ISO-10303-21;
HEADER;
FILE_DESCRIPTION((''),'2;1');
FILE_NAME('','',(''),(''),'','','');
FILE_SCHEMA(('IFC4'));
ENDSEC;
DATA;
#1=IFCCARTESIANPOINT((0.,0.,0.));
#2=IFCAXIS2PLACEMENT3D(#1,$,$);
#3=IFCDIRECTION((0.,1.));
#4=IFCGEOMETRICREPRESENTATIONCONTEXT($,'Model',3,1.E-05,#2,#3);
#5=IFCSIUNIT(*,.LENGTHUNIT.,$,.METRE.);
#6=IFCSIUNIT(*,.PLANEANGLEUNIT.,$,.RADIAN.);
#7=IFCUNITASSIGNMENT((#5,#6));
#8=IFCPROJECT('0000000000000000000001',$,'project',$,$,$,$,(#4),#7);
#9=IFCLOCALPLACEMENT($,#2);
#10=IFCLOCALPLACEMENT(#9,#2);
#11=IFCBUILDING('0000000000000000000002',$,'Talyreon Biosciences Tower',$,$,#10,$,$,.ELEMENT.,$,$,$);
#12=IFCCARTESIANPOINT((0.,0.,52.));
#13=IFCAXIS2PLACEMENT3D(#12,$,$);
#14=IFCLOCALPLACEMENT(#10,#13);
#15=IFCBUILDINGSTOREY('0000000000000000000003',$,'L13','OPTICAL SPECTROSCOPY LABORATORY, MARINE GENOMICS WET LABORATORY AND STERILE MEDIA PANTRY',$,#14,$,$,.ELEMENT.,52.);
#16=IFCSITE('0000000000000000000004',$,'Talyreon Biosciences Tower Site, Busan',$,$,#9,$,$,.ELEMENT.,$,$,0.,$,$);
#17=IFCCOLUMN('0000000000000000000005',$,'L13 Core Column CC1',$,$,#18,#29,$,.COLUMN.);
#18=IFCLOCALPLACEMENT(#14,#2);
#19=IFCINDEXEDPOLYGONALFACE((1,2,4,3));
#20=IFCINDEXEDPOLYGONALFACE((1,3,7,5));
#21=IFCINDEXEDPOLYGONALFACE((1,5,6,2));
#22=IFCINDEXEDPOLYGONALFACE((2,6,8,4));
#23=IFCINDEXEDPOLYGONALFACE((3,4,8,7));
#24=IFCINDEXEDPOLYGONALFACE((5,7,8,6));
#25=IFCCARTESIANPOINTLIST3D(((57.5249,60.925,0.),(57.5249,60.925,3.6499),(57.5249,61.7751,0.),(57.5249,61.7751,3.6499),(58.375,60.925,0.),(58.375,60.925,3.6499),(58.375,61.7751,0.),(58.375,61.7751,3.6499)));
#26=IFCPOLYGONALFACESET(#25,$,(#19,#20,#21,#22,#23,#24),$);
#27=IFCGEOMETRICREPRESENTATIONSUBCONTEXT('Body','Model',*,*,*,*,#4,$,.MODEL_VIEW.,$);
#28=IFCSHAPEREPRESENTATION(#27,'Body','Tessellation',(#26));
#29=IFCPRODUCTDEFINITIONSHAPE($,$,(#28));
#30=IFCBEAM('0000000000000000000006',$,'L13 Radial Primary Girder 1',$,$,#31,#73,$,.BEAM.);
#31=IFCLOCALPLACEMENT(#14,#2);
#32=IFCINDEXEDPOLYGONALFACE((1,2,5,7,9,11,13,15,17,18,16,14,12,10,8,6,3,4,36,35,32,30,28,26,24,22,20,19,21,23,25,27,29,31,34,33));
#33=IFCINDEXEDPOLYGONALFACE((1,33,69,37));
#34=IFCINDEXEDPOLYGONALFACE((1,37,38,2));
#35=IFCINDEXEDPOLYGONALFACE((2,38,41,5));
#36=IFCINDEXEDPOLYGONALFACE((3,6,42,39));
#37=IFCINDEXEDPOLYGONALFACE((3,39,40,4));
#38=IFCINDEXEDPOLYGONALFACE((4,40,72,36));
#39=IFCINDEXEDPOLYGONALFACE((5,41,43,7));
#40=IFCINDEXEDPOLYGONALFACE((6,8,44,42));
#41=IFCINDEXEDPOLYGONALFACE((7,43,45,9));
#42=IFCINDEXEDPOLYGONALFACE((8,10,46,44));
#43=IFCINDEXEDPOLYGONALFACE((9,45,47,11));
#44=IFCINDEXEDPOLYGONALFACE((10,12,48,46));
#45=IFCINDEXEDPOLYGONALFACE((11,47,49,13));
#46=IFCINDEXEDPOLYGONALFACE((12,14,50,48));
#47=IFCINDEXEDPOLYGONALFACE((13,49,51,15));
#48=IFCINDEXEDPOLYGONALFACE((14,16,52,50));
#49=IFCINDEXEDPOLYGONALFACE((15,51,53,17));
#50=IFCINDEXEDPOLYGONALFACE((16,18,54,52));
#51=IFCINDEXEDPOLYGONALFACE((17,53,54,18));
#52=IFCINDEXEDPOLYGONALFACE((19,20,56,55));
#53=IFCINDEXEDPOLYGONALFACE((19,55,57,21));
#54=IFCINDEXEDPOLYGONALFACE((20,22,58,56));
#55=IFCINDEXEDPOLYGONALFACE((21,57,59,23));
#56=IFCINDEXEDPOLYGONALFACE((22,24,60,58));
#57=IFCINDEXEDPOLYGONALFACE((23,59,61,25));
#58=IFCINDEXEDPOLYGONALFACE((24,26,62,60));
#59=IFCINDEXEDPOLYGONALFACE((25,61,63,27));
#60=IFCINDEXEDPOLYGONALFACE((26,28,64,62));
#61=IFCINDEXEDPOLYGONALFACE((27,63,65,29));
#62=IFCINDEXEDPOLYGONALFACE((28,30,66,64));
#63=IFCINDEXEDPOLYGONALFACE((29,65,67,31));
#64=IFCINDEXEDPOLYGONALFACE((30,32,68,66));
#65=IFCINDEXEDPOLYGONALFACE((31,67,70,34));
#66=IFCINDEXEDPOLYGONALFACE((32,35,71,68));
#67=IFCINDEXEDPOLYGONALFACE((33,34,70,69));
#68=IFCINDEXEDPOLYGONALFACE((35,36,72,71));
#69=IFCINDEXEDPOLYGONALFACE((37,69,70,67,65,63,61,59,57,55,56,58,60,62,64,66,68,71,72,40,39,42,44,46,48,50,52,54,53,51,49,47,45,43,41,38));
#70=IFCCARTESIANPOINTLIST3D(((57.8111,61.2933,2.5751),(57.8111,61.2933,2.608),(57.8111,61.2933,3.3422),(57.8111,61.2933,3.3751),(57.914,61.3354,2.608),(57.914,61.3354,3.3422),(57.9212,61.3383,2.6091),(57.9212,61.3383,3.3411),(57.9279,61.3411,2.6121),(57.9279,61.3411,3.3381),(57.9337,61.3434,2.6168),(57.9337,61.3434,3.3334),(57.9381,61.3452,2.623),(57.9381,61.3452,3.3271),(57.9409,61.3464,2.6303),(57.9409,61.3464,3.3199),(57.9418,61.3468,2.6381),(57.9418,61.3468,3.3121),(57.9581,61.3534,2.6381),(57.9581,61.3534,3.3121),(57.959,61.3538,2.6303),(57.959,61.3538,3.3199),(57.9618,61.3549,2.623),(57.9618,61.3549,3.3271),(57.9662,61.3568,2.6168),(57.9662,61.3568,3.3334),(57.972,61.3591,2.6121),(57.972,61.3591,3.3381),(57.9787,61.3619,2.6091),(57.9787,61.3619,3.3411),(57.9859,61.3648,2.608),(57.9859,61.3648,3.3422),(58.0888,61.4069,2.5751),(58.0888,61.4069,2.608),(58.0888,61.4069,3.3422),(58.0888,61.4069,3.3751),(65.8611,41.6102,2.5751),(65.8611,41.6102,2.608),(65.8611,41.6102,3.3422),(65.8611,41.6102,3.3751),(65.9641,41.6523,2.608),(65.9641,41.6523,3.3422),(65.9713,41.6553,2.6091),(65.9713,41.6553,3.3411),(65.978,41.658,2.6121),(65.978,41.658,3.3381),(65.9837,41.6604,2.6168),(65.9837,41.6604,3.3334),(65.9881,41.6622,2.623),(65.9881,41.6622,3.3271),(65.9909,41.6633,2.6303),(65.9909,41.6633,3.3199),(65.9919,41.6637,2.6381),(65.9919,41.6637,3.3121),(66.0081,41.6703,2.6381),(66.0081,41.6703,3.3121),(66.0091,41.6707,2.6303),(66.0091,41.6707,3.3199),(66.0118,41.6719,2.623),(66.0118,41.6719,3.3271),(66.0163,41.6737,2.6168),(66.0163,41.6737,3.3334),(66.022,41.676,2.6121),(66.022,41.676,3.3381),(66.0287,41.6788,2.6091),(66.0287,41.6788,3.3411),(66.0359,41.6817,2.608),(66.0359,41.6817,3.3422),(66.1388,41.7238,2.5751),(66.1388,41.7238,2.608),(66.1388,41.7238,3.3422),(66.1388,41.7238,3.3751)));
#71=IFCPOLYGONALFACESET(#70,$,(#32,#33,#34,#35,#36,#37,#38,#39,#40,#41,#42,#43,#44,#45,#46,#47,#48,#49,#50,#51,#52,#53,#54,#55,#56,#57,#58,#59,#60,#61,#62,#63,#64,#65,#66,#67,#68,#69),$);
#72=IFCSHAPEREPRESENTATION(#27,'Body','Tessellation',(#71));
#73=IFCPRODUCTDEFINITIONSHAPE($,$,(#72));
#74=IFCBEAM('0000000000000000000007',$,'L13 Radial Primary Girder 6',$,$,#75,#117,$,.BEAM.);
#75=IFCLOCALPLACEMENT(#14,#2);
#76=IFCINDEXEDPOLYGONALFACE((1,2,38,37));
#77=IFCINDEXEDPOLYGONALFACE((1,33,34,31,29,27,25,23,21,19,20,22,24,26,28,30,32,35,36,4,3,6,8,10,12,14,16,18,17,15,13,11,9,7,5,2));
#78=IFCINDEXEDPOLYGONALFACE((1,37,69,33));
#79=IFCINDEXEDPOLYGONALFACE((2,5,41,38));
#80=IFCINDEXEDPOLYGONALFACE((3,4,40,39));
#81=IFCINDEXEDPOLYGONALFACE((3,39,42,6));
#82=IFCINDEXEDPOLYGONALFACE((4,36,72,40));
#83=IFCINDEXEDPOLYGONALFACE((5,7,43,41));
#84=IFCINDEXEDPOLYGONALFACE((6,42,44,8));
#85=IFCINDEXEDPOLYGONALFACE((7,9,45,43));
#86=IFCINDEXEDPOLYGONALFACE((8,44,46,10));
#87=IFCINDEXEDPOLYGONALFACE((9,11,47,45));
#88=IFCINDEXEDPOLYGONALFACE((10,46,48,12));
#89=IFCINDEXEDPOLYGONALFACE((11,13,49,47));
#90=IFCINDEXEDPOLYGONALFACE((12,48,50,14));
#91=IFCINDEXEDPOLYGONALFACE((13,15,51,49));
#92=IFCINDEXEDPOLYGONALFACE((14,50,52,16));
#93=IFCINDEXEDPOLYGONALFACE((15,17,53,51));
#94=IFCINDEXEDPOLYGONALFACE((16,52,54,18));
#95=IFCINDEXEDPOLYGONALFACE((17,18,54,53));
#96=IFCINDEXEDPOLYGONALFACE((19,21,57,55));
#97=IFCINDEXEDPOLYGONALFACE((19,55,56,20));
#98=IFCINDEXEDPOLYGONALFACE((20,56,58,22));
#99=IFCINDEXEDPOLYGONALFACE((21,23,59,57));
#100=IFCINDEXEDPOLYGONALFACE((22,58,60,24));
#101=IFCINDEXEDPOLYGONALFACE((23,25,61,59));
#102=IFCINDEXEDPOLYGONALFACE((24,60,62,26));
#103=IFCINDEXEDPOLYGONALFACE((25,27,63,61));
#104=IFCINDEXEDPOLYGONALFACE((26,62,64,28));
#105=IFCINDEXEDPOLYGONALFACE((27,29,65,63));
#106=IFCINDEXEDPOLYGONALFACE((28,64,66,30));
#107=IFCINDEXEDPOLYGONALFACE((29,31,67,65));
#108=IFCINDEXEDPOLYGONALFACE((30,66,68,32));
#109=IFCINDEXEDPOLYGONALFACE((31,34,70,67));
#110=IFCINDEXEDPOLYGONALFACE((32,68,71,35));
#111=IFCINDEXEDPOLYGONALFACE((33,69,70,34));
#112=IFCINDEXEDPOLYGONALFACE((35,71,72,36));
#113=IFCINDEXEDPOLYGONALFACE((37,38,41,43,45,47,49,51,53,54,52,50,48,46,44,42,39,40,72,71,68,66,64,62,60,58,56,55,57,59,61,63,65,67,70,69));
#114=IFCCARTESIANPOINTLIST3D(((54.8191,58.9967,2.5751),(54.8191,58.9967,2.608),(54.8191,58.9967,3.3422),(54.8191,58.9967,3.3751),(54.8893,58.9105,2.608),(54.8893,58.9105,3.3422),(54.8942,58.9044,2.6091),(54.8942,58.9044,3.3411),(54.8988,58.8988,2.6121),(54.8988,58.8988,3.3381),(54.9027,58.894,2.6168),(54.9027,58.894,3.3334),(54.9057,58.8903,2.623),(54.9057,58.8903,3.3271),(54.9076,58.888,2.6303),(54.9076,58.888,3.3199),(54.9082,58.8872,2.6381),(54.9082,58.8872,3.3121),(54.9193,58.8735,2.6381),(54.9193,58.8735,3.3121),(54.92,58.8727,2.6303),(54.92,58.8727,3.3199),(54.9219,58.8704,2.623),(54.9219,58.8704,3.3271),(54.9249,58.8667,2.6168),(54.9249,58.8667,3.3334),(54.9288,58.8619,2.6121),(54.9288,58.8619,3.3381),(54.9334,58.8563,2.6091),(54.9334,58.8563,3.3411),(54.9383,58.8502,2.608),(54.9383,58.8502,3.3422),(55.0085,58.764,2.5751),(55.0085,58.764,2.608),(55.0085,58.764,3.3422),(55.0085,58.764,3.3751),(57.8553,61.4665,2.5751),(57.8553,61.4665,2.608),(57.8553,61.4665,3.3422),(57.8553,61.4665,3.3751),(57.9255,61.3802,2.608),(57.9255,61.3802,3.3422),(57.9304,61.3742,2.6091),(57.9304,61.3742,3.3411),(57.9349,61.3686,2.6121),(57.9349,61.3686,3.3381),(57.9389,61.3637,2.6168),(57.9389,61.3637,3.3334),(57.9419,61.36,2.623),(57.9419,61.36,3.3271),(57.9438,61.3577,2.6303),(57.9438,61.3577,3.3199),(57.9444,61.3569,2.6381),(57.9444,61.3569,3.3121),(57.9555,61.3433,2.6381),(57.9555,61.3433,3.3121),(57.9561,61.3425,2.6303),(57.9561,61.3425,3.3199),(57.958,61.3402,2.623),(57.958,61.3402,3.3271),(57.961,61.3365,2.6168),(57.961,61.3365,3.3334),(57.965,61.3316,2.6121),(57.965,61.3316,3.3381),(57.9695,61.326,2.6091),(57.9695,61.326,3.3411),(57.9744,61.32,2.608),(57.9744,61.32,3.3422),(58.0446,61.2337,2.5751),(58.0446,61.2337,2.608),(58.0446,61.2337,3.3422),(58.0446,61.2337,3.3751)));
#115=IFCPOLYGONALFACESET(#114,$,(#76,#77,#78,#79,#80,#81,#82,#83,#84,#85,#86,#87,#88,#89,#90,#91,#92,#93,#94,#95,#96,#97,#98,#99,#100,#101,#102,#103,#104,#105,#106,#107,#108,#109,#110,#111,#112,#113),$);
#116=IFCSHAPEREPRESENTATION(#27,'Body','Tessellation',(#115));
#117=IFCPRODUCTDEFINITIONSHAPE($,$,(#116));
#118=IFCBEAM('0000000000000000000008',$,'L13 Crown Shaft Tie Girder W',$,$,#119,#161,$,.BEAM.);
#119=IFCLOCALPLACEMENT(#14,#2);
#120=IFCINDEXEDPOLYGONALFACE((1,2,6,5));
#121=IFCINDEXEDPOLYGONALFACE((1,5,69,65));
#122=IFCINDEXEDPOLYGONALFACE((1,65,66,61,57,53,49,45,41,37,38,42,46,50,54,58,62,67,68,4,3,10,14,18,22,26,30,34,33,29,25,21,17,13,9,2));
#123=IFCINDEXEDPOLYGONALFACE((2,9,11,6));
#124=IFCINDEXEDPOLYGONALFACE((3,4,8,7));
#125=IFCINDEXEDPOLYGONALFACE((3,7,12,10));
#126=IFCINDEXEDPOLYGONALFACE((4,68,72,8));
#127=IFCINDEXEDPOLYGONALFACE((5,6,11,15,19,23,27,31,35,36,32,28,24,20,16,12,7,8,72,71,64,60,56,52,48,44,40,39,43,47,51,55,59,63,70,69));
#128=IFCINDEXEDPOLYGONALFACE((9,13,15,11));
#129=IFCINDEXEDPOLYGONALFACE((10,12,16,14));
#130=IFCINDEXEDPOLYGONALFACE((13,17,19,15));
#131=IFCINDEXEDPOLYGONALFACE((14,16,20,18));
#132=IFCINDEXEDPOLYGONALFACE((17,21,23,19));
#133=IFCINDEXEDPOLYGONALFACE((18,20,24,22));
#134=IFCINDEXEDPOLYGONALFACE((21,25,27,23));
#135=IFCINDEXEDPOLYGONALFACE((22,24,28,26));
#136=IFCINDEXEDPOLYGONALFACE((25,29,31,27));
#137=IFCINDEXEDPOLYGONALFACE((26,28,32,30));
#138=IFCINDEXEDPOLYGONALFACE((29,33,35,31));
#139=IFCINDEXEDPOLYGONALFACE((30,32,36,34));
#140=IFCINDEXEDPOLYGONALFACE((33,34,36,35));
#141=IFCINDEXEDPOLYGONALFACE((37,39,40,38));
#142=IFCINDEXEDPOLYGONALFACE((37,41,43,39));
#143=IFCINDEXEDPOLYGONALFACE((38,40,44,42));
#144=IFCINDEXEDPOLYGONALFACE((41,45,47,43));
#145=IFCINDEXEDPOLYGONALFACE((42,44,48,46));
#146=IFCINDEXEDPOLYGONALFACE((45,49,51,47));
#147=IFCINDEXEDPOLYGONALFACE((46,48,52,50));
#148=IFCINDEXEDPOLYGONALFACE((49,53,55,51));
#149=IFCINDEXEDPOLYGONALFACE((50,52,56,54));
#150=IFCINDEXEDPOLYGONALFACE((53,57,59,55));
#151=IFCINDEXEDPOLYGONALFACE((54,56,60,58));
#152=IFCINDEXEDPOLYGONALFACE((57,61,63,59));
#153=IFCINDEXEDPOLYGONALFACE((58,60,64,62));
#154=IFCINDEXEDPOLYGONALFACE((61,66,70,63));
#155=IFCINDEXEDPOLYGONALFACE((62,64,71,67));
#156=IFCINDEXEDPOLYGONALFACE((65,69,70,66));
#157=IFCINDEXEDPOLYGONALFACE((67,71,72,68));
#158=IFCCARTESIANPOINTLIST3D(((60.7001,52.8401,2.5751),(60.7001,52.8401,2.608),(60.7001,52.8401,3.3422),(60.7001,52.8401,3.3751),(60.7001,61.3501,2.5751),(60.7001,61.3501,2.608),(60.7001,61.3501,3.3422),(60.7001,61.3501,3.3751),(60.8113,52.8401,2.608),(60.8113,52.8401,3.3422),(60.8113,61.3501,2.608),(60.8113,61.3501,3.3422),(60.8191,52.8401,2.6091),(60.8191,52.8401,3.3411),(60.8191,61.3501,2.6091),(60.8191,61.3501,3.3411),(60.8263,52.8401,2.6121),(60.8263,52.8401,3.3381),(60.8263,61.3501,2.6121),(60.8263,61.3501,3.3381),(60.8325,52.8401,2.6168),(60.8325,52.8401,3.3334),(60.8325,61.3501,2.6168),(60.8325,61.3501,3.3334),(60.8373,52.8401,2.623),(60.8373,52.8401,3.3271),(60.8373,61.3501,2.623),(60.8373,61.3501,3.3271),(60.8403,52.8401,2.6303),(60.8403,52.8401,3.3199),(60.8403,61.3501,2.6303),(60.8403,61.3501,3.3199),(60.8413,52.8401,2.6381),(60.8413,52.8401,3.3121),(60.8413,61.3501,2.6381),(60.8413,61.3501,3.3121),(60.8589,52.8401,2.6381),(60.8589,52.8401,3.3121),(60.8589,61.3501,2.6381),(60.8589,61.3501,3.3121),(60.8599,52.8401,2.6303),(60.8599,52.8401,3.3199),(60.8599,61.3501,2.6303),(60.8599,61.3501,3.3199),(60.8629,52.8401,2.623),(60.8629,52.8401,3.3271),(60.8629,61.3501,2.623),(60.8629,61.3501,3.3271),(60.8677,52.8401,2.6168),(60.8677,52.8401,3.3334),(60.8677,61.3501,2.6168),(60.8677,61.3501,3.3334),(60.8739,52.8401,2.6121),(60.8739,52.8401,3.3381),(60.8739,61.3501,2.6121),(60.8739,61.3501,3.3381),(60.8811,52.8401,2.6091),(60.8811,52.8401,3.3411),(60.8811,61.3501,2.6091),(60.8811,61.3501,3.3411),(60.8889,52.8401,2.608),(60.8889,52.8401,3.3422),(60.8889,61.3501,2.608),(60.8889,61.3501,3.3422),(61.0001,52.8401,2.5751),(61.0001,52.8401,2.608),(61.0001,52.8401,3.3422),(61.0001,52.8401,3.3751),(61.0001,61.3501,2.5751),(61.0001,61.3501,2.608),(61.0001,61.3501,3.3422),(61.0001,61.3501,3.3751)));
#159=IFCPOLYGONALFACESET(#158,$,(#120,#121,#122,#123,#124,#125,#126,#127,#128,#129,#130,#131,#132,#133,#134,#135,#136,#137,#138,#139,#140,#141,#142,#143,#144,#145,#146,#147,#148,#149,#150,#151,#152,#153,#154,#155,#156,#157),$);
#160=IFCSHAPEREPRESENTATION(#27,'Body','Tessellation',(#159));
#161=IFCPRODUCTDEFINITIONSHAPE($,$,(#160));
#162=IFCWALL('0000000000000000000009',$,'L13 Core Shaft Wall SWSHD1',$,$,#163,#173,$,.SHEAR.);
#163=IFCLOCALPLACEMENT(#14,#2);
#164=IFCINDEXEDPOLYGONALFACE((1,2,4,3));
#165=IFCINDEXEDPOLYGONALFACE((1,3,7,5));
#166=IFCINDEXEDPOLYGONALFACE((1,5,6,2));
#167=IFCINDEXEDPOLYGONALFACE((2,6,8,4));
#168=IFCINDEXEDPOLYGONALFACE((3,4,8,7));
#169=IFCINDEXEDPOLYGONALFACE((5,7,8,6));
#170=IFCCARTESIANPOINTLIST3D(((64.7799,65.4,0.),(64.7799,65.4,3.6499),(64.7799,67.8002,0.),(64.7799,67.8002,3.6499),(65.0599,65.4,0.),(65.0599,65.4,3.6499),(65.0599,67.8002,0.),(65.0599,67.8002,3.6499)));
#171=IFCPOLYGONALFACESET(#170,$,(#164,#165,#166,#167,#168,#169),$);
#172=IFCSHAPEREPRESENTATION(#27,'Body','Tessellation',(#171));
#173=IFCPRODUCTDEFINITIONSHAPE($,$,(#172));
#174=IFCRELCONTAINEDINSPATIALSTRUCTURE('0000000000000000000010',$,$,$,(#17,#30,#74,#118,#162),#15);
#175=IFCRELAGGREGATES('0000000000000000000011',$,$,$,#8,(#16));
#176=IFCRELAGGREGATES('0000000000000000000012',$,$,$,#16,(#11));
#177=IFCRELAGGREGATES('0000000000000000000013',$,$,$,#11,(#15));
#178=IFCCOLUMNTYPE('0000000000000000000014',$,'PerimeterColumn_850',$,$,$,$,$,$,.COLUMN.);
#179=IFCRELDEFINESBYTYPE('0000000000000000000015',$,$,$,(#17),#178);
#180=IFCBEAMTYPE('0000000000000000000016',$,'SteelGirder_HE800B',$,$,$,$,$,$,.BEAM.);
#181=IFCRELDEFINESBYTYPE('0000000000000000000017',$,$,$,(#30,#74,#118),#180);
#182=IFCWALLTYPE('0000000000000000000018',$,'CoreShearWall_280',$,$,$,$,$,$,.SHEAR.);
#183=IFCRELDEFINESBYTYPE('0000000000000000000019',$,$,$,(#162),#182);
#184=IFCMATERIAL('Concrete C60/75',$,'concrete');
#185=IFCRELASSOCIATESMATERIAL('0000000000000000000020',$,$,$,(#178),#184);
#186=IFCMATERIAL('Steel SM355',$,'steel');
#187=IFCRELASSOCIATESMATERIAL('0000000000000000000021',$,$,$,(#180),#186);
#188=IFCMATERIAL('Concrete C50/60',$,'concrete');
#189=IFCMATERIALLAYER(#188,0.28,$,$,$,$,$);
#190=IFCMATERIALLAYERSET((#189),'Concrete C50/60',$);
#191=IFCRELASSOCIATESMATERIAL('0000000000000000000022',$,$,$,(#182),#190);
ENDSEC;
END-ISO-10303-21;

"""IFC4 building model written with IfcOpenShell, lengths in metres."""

from ifc_helpers import new_model, si_unit, direction, frame, frame_2d, origin, origin_2d, place, context, subcontext, project, spatial, rectangle, i_section, extrude, material, layer, layer_set, material_profile, profile_set, type_object, element, save


model = new_model("IFC4")

# Units and contexts
model_context = context("Model", 3, precision=1e-05, world=origin(), true_north=direction((0.0, 1.0)))
body_context = subcontext(model_context, "Body", "Model", "MODEL_VIEW")
ifc_project = project(units=[si_unit("LENGTHUNIT", "METRE"), si_unit("PLANEANGLEUNIT", "RADIAN")], contexts=[model_context])

# Site, building, storey
site_placement = place(None, origin())
site = spatial("IfcSite", under=ifc_project, at=site_placement, Name="Talyreon Biosciences Tower Site, Busan", CompositionType="ELEMENT", RefElevation=0.0)
building_placement = place(site_placement, origin())
building = spatial("IfcBuilding", under=site, at=building_placement, Name="Talyreon Biosciences Tower", CompositionType="ELEMENT")
storey_placement = place(building_placement, frame((0.0, 0.0, 52.0)))
storey = spatial("IfcBuildingStorey", under=building, at=storey_placement, Name="L13", Description="OPTICAL SPECTROSCOPY LABORATORY, MARINE GENOMICS WET LABORATORY AND STERILE MEDIA PANTRY", CompositionType="ELEMENT", Elevation=52.0)

# Column
ifc_material_1 = material(Name="Concrete C60/75", Category="concrete")
ifc_material_profile_1 = material_profile(ifc_material_1, rectangle(XDim=0.8501, YDim=0.8501, at=origin_2d()), Name="RC 850x850")
ifc_profile_set_1 = profile_set([ifc_material_profile_1], Name="Concrete C60/75")
column_type = type_object("IfcColumnType", Name="PerimeterColumn_850", PredefinedType="COLUMN", material=ifc_profile_set_1)
column_placement = place(storey_placement, frame((57.95, 61.3501, 0.0), z_axis=(0.0, 0.0, 1.0), x_axis=(1.0, 0.0, 0.0)))
element("IfcColumn", 1, at=column_placement, inside=storey, type_object=column_type, Name="L13 Core Column CC1", PredefinedType="COLUMN", context=body_context, shape_type="SweptSolid", body=[
    extrude(rectangle(XDim=0.8501, YDim=0.8501, at=origin_2d()), origin(), (0.0, 0.0, 1.0), 3.6499),
])

# Beams
ifc_material_2 = material(Name="Steel SM355", Category="steel")
ifc_material_profile_2 = material_profile(ifc_material_2, i_section(OverallWidth=0.3, OverallDepth=0.8, WebThickness=0.0176, FlangeThickness=0.033, FilletRadius=0.03, at=origin_2d()), Name="HE800B")
ifc_profile_set_2 = profile_set([ifc_material_profile_2], Name="Steel SM355")
beam_type = type_object("IfcBeamType", Name="SteelGirder_HE800B", PredefinedType="BEAM", material=ifc_profile_set_2)
beam_1_placement = place(storey_placement, frame((57.95, 61.3501, 2.9751), z_axis=(0.378547, -0.925582, 0.0), x_axis=(0.925582, 0.378547, 0.0)))
element("IfcBeam", 2, at=beam_1_placement, inside=storey, type_object=beam_type, Name="L13 Radial Primary Girder 1", PredefinedType="BEAM", context=body_context, shape_type="SweptSolid", body=[
    extrude(i_section(OverallWidth=0.3, OverallDepth=0.8, WebThickness=0.0176, FlangeThickness=0.033, FilletRadius=0.03, at=origin_2d()), origin(), (0.0, 0.0, 1.0), 21.2656),
])
beam_2_placement = place(storey_placement, frame((57.95, 61.3501, 2.9751), z_axis=(-0.775755, -0.631034, 0.0), x_axis=(0.631034, -0.775755, 0.0)))
element("IfcBeam", 3, at=beam_2_placement, inside=storey, type_object=beam_type, Name="L13 Radial Primary Girder 6", PredefinedType="BEAM", context=body_context, shape_type="SweptSolid", body=[
    extrude(i_section(OverallWidth=0.3, OverallDepth=0.8, WebThickness=0.0176, FlangeThickness=0.033, FilletRadius=0.03, at=origin_2d()), origin(), (0.0, 0.0, 1.0), 3.9138),
])
beam_3_placement = place(storey_placement, frame((60.8501, 52.8401, 2.9751), z_axis=(0.0, 1.0, 0.0), x_axis=(-1.0, 0.0, 0.0)))
element("IfcBeam", 4, at=beam_3_placement, inside=storey, type_object=beam_type, Name="L13 Crown Shaft Tie Girder W", PredefinedType="BEAM", context=body_context, shape_type="SweptSolid", body=[
    extrude(i_section(OverallWidth=0.3, OverallDepth=0.8, WebThickness=0.0176, FlangeThickness=0.033, FilletRadius=0.03, at=origin_2d()), origin(), (0.0, 0.0, 1.0), 8.51),
])

# Wall
ifc_material_3 = material(Name="Concrete C50/60", Category="concrete")
ifc_layer_1 = layer(ifc_material_3, 0.28)
ifc_layer_set_1 = layer_set([ifc_layer_1], Name="Concrete C50/60")
wall_type_1 = type_object("IfcWallType", Name="CoreShearWall_280", PredefinedType="SHEAR", material=ifc_layer_set_1)
wall_1_placement = place(storey_placement, frame((64.9199, 65.3999, 0.0), z_axis=(0.0, 0.0, 1.0), x_axis=(0.0, 1.0, 0.0)))
element("IfcWall", 5, at=wall_1_placement, inside=storey, type_object=wall_type_1, Name="L13 Core Shaft Wall SWSHD1", PredefinedType="SHEAR", context=body_context, shape_type="SweptSolid", body=[
    extrude(rectangle(XDim=2.4001, YDim=0.28, at=frame_2d((1.2002, 0.0))), origin(), (0.0, 0.0, 1.0), 3.6499),
])

save(model, "model.ifc")
